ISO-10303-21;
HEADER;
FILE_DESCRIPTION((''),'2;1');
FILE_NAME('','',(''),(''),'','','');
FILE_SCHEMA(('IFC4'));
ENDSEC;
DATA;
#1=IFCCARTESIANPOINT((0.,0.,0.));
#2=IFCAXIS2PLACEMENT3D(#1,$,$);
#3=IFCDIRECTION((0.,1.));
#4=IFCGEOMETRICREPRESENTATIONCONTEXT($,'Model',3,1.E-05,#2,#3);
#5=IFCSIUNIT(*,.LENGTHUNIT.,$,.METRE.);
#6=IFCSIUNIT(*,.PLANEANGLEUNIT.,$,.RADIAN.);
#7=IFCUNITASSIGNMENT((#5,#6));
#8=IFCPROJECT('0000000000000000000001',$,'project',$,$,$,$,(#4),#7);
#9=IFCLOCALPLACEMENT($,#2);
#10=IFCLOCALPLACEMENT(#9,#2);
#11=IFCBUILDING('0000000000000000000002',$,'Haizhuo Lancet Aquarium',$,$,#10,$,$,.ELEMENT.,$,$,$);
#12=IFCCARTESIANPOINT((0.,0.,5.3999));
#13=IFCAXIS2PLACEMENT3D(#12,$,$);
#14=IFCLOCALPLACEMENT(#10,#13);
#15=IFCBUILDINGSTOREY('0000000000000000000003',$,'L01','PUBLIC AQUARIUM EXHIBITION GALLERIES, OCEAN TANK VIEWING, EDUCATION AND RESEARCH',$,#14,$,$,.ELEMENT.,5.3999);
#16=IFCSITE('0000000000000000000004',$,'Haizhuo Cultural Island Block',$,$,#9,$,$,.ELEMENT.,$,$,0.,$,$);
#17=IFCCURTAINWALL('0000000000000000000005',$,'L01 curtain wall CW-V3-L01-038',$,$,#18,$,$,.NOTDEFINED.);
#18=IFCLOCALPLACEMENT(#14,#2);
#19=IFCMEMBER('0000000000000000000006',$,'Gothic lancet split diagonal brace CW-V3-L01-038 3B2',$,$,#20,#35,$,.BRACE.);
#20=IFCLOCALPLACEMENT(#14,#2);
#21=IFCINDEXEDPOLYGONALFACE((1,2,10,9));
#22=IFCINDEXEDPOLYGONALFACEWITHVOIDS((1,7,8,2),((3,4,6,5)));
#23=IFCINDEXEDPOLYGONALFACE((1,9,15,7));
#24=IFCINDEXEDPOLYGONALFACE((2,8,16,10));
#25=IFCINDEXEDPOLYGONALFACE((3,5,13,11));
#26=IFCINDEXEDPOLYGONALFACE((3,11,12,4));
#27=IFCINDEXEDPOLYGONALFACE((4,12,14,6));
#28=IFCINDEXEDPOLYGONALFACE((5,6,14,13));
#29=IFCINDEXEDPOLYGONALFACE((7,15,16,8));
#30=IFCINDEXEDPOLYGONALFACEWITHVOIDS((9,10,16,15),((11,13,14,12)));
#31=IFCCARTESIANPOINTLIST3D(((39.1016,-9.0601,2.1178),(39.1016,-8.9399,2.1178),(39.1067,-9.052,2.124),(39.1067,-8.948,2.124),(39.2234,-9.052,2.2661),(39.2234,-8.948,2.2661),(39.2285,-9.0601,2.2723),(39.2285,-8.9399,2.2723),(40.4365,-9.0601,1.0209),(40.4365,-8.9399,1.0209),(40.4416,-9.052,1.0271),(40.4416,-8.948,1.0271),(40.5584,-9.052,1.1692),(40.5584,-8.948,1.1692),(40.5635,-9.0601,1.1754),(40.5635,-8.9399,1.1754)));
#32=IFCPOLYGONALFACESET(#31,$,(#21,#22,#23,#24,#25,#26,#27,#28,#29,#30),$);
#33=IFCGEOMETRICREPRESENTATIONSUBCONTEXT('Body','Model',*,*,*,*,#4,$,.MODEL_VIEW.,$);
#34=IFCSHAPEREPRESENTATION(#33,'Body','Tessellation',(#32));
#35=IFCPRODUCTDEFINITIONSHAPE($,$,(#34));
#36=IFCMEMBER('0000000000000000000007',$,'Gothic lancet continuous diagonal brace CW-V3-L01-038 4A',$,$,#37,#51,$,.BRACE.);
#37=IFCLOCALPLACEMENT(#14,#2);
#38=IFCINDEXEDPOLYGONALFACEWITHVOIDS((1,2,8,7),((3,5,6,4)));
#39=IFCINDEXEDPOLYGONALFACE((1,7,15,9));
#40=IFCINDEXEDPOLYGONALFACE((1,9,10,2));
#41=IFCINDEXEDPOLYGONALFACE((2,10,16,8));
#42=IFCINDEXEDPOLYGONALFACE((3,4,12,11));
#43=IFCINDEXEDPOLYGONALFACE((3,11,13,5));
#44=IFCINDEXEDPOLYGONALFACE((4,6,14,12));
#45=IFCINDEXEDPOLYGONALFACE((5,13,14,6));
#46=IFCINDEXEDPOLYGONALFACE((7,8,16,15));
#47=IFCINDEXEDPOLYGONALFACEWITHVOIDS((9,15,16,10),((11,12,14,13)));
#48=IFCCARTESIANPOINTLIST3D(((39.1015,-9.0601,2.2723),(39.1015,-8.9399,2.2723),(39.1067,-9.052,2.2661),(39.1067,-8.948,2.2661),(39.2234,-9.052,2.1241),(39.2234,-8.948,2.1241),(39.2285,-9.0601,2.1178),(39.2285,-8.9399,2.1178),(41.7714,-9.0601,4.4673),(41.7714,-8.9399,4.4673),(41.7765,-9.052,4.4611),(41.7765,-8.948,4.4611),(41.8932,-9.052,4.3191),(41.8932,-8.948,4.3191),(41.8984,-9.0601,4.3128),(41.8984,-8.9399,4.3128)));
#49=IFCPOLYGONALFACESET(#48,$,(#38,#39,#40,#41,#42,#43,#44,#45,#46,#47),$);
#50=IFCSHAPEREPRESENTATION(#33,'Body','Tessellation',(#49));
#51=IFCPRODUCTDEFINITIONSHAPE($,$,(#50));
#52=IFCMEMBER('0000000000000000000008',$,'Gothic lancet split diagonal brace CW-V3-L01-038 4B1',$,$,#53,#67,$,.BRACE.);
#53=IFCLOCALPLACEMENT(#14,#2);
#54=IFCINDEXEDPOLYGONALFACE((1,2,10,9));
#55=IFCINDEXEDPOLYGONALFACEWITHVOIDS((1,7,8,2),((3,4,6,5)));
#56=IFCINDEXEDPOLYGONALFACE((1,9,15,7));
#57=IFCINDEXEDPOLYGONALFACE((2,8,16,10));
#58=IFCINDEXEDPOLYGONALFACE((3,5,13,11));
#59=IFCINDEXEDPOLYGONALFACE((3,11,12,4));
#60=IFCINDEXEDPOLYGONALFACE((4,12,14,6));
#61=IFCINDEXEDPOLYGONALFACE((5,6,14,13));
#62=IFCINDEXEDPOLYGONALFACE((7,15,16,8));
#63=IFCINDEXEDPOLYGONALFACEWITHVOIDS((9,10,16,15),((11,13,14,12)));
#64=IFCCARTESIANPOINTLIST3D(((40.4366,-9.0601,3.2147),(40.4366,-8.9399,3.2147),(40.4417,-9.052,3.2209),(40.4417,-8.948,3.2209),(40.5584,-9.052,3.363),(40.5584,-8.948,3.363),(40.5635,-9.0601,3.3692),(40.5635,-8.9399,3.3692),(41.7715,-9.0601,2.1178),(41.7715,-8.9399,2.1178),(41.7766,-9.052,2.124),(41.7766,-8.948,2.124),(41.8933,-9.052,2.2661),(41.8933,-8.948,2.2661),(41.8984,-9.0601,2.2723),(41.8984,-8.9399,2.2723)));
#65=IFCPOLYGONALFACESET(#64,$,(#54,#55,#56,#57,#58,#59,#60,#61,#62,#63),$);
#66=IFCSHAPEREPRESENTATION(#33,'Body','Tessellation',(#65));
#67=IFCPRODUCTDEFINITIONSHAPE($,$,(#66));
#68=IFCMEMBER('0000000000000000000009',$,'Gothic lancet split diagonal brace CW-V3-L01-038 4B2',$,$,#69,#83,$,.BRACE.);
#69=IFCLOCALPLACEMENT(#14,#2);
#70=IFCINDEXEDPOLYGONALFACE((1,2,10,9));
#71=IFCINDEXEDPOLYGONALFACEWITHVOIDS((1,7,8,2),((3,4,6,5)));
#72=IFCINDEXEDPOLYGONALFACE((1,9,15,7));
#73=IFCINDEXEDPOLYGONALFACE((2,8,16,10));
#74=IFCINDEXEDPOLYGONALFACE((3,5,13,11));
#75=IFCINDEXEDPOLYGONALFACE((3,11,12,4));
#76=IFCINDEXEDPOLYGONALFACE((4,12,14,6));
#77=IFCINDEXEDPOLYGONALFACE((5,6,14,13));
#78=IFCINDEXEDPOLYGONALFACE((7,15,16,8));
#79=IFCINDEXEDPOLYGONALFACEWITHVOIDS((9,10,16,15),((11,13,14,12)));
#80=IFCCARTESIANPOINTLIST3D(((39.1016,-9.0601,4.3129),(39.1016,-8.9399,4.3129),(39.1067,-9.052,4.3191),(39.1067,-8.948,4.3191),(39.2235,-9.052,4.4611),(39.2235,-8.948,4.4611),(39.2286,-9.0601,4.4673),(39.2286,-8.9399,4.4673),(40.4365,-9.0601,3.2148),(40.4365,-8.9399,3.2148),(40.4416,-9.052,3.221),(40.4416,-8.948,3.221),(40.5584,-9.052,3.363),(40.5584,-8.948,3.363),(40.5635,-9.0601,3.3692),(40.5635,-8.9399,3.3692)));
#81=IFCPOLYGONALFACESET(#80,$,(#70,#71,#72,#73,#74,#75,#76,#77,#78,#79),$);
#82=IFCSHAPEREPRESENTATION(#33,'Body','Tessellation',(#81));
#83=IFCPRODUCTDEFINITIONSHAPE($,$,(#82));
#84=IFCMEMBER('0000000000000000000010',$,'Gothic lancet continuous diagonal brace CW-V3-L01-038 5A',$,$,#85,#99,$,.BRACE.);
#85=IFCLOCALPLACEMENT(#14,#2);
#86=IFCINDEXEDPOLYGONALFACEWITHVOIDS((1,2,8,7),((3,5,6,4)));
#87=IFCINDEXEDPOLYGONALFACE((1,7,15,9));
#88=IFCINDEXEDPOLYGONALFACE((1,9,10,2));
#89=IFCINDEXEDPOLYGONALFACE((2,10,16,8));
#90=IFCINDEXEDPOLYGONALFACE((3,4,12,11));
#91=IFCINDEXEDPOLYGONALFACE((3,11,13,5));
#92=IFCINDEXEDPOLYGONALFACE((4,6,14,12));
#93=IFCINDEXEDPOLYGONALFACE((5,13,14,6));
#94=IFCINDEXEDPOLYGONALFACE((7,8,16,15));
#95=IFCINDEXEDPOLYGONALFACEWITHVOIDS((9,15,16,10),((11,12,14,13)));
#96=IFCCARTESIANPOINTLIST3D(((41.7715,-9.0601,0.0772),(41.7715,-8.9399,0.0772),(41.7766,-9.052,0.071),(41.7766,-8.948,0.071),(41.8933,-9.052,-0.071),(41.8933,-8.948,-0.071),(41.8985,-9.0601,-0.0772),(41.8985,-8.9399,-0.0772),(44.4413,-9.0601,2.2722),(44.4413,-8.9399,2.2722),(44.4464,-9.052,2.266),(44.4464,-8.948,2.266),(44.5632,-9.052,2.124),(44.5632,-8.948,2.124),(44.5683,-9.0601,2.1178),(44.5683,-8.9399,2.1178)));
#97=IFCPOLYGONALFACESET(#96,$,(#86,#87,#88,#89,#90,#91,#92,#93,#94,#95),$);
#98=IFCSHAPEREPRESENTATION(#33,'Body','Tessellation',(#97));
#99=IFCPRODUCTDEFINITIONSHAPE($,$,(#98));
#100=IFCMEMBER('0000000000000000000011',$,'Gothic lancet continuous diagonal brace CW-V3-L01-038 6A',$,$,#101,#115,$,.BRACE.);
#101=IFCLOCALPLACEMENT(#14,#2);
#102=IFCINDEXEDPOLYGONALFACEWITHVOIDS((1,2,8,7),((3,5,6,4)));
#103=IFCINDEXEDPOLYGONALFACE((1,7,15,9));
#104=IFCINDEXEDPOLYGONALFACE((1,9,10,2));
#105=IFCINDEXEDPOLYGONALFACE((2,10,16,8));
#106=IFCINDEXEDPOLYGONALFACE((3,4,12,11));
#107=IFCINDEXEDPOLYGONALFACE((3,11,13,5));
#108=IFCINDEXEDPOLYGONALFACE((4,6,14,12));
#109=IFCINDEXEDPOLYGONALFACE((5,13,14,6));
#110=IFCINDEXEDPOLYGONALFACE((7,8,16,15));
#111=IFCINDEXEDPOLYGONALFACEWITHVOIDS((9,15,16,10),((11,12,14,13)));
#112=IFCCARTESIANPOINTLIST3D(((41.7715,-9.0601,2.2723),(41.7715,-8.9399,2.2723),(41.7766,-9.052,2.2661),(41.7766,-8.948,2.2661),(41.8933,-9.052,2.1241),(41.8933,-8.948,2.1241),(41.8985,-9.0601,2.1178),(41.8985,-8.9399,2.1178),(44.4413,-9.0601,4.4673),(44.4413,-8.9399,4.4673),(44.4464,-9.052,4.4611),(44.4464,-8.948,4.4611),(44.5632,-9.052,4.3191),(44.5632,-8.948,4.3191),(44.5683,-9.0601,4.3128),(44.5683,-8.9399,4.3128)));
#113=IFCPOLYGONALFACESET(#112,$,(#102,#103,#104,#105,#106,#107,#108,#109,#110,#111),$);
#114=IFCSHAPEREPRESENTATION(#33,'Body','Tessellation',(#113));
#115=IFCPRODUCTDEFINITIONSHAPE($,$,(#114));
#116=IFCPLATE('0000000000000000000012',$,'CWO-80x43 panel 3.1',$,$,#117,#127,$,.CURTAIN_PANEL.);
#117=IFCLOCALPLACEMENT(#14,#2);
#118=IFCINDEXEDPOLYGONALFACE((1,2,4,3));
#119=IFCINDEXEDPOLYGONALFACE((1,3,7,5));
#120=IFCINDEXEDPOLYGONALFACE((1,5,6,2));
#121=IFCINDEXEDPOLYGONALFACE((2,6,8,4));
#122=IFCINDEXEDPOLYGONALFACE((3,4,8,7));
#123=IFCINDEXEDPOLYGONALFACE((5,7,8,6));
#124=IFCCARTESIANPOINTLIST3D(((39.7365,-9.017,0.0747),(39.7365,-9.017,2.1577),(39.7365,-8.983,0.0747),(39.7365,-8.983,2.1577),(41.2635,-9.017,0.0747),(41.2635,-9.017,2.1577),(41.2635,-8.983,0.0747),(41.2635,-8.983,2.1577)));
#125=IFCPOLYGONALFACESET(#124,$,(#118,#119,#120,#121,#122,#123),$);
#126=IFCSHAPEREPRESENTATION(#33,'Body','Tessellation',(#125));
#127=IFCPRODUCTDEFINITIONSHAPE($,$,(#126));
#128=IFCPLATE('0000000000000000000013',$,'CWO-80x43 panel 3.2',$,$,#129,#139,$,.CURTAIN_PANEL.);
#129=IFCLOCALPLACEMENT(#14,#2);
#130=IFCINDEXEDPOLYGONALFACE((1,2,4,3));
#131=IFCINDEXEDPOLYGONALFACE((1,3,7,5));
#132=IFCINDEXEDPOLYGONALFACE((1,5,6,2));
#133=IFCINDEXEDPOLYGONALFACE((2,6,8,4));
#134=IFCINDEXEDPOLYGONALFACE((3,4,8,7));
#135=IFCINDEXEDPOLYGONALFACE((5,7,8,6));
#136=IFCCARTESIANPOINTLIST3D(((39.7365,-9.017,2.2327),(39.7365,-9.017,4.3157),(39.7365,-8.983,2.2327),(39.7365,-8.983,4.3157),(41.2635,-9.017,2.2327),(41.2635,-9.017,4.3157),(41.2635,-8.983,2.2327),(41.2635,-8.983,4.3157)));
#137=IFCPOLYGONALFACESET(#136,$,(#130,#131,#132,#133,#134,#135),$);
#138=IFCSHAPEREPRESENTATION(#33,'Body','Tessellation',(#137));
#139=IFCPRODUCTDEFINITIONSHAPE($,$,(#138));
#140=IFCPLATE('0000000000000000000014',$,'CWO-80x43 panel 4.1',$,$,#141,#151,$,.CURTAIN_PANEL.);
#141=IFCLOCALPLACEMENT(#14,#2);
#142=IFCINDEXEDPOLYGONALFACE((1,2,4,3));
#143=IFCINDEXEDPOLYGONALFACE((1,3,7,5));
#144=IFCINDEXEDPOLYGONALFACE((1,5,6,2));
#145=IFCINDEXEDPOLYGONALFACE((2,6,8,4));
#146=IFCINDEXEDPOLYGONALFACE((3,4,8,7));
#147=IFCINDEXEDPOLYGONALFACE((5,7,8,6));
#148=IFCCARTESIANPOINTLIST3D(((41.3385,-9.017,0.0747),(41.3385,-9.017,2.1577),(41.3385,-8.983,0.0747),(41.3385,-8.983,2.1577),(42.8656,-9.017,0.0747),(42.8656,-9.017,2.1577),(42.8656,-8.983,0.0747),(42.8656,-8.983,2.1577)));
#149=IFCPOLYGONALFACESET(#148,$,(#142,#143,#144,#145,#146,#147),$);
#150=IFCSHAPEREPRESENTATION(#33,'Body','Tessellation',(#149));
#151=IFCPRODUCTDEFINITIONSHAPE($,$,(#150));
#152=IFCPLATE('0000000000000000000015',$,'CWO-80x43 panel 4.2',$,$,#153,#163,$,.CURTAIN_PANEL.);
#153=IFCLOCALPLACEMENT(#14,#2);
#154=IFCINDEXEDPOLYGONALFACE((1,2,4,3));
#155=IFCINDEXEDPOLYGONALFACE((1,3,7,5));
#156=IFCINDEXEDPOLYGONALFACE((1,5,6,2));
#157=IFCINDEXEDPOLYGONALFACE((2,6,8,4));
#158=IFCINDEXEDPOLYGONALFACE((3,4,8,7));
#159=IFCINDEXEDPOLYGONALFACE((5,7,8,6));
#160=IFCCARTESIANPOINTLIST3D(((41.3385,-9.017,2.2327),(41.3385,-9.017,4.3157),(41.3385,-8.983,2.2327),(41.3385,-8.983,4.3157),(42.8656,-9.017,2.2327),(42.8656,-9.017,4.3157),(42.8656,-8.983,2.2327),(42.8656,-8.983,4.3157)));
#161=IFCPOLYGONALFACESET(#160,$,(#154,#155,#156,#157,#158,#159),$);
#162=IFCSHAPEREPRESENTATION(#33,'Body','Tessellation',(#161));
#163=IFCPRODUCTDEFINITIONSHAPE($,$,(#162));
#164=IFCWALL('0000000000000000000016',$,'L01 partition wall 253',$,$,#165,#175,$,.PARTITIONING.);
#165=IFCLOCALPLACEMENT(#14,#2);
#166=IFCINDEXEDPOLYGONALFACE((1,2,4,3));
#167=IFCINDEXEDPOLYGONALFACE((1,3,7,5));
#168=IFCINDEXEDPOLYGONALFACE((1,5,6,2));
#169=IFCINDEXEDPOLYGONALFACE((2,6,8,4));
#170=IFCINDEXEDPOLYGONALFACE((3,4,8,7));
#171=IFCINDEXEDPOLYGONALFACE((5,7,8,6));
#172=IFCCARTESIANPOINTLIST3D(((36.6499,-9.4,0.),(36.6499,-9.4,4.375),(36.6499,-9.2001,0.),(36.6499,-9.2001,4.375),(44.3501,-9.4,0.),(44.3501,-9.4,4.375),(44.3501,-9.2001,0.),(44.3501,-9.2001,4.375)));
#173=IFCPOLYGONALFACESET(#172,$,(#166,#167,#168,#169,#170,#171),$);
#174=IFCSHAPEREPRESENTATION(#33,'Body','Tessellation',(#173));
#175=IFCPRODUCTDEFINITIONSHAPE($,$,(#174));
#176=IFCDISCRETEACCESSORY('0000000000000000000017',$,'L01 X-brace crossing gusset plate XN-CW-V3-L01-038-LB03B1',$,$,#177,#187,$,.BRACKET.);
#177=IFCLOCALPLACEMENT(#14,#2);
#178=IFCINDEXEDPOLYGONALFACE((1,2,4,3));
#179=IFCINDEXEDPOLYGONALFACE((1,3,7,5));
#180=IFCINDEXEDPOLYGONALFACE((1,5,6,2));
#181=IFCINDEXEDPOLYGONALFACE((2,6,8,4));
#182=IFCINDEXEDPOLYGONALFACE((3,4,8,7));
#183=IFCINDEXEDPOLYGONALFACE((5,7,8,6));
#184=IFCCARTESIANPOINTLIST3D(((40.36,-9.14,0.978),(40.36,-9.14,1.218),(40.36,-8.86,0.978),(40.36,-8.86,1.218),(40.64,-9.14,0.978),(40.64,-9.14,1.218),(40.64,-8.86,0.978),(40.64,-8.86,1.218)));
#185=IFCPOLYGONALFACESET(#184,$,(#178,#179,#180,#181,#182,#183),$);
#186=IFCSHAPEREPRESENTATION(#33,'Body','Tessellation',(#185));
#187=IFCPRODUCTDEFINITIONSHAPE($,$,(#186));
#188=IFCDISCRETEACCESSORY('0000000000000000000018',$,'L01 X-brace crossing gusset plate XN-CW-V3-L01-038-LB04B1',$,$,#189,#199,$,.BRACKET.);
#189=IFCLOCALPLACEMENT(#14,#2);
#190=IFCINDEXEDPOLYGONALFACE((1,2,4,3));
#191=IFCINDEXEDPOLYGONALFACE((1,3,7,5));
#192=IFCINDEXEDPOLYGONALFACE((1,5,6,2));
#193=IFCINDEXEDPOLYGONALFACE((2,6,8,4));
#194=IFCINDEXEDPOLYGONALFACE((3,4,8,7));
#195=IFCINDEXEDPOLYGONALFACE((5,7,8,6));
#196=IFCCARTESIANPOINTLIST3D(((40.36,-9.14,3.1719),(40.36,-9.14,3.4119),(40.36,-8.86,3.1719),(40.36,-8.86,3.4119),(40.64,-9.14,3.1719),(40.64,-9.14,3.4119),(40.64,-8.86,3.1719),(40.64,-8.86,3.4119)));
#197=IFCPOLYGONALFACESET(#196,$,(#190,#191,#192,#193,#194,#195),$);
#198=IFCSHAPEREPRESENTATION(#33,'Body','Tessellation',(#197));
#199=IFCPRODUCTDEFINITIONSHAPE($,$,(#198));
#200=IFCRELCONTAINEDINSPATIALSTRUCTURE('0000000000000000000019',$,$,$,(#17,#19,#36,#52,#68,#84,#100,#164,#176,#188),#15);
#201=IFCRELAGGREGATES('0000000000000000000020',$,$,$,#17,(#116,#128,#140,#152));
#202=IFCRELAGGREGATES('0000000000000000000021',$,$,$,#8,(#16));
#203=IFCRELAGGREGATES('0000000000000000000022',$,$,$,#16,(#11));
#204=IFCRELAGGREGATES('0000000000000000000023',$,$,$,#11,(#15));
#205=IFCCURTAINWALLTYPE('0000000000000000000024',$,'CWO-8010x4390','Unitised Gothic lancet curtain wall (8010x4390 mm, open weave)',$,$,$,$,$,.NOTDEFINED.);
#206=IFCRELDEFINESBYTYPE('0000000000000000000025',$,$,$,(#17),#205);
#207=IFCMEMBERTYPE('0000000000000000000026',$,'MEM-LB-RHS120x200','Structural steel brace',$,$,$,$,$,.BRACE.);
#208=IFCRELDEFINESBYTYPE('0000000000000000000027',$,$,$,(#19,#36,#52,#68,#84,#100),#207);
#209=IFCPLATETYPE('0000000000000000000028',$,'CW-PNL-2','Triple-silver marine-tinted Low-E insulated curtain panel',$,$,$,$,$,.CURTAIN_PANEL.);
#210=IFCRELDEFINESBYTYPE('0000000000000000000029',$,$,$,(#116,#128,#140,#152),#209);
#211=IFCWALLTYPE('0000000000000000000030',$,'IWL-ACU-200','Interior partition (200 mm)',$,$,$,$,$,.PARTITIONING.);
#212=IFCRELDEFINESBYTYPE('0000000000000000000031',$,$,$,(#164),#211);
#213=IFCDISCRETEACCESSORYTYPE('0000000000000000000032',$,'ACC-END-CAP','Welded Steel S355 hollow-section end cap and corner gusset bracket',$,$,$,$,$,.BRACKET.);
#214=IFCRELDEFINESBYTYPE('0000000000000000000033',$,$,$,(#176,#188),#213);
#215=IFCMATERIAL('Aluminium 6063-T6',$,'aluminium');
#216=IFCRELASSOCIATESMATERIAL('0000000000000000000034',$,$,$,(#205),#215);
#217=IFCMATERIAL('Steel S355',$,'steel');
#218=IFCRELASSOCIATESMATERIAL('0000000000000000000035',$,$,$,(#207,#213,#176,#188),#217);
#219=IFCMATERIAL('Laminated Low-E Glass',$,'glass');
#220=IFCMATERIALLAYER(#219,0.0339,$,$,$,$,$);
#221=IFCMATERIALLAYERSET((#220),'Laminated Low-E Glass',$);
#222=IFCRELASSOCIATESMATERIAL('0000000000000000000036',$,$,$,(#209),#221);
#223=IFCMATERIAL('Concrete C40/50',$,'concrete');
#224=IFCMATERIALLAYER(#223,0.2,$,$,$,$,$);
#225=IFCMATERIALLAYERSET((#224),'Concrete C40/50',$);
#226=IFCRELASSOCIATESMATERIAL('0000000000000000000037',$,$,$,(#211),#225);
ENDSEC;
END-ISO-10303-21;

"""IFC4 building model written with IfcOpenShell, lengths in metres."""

from ifc_helpers import new_model, si_unit, direction, frame, frame_2d, origin, origin_2d, place, context, subcontext, project, spatial, rectangle, hollow_rectangle, extrude, material, layer, layer_set, material_profile, profile_set, type_object, element, aggregate, save


model = new_model("IFC4")

# Units and contexts
model_context = context("Model", 3, precision=1e-05, world=origin(), true_north=direction((0.0, 1.0)))
body_context = subcontext(model_context, "Body", "Model", "MODEL_VIEW")
ifc_project = project(units=[si_unit("LENGTHUNIT", "METRE"), si_unit("PLANEANGLEUNIT", "RADIAN")], contexts=[model_context])

# Site, building, storey
site_placement = place(None, origin())
site = spatial("IfcSite", under=ifc_project, at=site_placement, Name="Haizhuo Cultural Island Block", CompositionType="ELEMENT", RefElevation=0.0)
building_placement = place(site_placement, origin())
building = spatial("IfcBuilding", under=site, at=building_placement, Name="Haizhuo Lancet Aquarium", CompositionType="ELEMENT")
storey_placement = place(building_placement, frame((0.0, 0.0, 5.3999)))
storey = spatial("IfcBuildingStorey", under=building, at=storey_placement, Name="L01", Description="PUBLIC AQUARIUM EXHIBITION GALLERIES, OCEAN TANK VIEWING, EDUCATION AND RESEARCH", CompositionType="ELEMENT", Elevation=5.3999)

# Curtain wall
ifc_material_1 = material(Name="Aluminium 6063-T6", Category="aluminium")
curtain_wall_type = type_object("IfcCurtainWallType", Name="CWO-8010x4390", Description="Unitised Gothic lancet curtain wall (8010x4390 mm, open weave)", PredefinedType="NOTDEFINED", material=ifc_material_1)
curtain_wall_placement = place(storey_placement, origin())
curtain_wall = element("IfcCurtainWall", 1, at=curtain_wall_placement, inside=storey, type_object=curtain_wall_type, Name="L01 curtain wall CW-V3-L01-038", PredefinedType="NOTDEFINED")

# Members
ifc_material_2 = material(Name="Steel S355", Category="steel")
ifc_material_profile_1 = material_profile(ifc_material_2, hollow_rectangle(XDim=0.1201, YDim=0.2, WallThickness=0.0081, at=origin_2d()), Name="RHS 120x200x8")
ifc_profile_set_1 = profile_set([ifc_material_profile_1], Name="Steel S355")
member_type_1 = type_object("IfcMemberType", Name="MEM-LB-RHS120x200", Description="Structural steel brace", PredefinedType="BRACE", material=ifc_profile_set_1)
member_1_placement = place(storey_placement, frame((40.5, -9.0, 1.0981), z_axis=(-0.772627, 0.0, 0.63486), x_axis=(0.0, -1.0, 0.0)))
element("IfcMember", 2, at=member_1_placement, inside=storey, type_object=member_type_1, Name="Gothic lancet split diagonal brace CW-V3-L01-038 3B2", PredefinedType="BRACE", context=body_context, shape_type="SweptSolid", body=[
    extrude(hollow_rectangle(XDim=0.1201, YDim=0.2, WallThickness=0.0081, at=origin_2d()), origin(), (0.0, 0.0, 1.0), 1.7278),
])
member_2_placement = place(storey_placement, frame((39.165, -9.0, 2.1951), z_axis=(0.772454, 0.0, 0.635071), x_axis=(0.0, 1.0, 0.0)))
element("IfcMember", 3, at=member_2_placement, inside=storey, type_object=member_type_1, Name="Gothic lancet continuous diagonal brace CW-V3-L01-038 4A", PredefinedType="BRACE", context=body_context, shape_type="SweptSolid", body=[
    extrude(hollow_rectangle(XDim=0.1201, YDim=0.2, WallThickness=0.0081, at=origin_2d()), origin(), (0.0, 0.0, 1.0), 3.4563),
])
member_3_placement = place(storey_placement, frame((41.835, -9.0, 2.1951), z_axis=(-0.772627, 0.0, 0.63486), x_axis=(0.0, -1.0, 0.0)))
element("IfcMember", 4, at=member_3_placement, inside=storey, type_object=member_type_1, Name="Gothic lancet split diagonal brace CW-V3-L01-038 4B1", PredefinedType="BRACE", context=body_context, shape_type="SweptSolid", body=[
    extrude(hollow_rectangle(XDim=0.1201, YDim=0.2, WallThickness=0.0081, at=origin_2d()), origin(), (0.0, 0.0, 1.0), 1.7278),
])
member_4_placement = place(storey_placement, frame((40.5, -9.0, 3.292), z_axis=(-0.772281, 0.0, 0.635281), x_axis=(0.0, -1.0, 0.0)))
element("IfcMember", 5, at=member_4_placement, inside=storey, type_object=member_type_1, Name="Gothic lancet split diagonal brace CW-V3-L01-038 4B2", PredefinedType="BRACE", context=body_context, shape_type="SweptSolid", body=[
    extrude(hollow_rectangle(XDim=0.1201, YDim=0.2, WallThickness=0.0081, at=origin_2d()), origin(), (0.0, 0.0, 1.0), 1.7285),
])
for number, where, z_axis, x_axis, name in (
    (6, (41.835, -9.0, 0.0), (0.772454, 0.0, 0.635071), (0.0, 1.0, 0.0), "Gothic lancet continuous diagonal brace CW-V3-L01-038 5A"),
    (7, (41.835, -9.0, 2.1951), (0.772454, 0.0, 0.635071), (0.0, 1.0, 0.0), "Gothic lancet continuous diagonal brace CW-V3-L01-038 6A"),
):
    element("IfcMember", number, at=place(storey_placement, frame(where, z_axis=z_axis, x_axis=x_axis)), inside=storey, type_object=member_type_1, Name=name, PredefinedType="BRACE", context=body_context, shape_type="SweptSolid", body=[
        extrude(hollow_rectangle(XDim=0.1201, YDim=0.2, WallThickness=0.0081, at=origin_2d()), origin(), (0.0, 0.0, 1.0), 3.4563),
    ])

# Plates
ifc_material_3 = material(Name="Laminated Low-E Glass", Category="glass")
ifc_layer_1 = layer(ifc_material_3, 0.0339)
ifc_layer_set_1 = layer_set([ifc_layer_1], Name="Laminated Low-E Glass")
plate_type = type_object("IfcPlateType", Name="CW-PNL-2", Description="Triple-silver marine-tinted Low-E insulated curtain panel", PredefinedType="CURTAIN_PANEL", material=ifc_layer_set_1)
plate_1_placement = place(storey_placement, frame((40.5, -9.0, 0.0747), z_axis=(0.0, 0.0, 1.0), x_axis=(1.0, 0.0, 0.0)))
plate_1 = element("IfcPlate", 8, at=plate_1_placement, type_object=plate_type, Name="CWO-80x43 panel 3.1", PredefinedType="CURTAIN_PANEL", context=body_context, shape_type="SweptSolid", body=[
    extrude(rectangle(XDim=1.5271, YDim=0.0339, at=origin_2d()), origin(), (0.0, 0.0, 1.0), 2.083),
])
plate_2_placement = place(storey_placement, frame((40.5, -9.0, 2.2327), z_axis=(0.0, 0.0, 1.0), x_axis=(1.0, 0.0, 0.0)))
plate_2 = element("IfcPlate", 9, at=plate_2_placement, type_object=plate_type, Name="CWO-80x43 panel 3.2", PredefinedType="CURTAIN_PANEL", context=body_context, shape_type="SweptSolid", body=[
    extrude(rectangle(XDim=1.5271, YDim=0.0339, at=origin_2d()), origin(), (0.0, 0.0, 1.0), 2.083),
])
plate_3_placement = place(storey_placement, frame((42.1021, -9.0, 0.0747), z_axis=(0.0, 0.0, 1.0), x_axis=(1.0, 0.0, 0.0)))
plate_3 = element("IfcPlate", 10, at=plate_3_placement, type_object=plate_type, Name="CWO-80x43 panel 4.1", PredefinedType="CURTAIN_PANEL", context=body_context, shape_type="SweptSolid", body=[
    extrude(rectangle(XDim=1.5271, YDim=0.0339, at=origin_2d()), origin(), (0.0, 0.0, 1.0), 2.083),
])
plate_4_placement = place(storey_placement, frame((42.1021, -9.0, 2.2327), z_axis=(0.0, 0.0, 1.0), x_axis=(1.0, 0.0, 0.0)))
plate_4 = element("IfcPlate", 11, at=plate_4_placement, type_object=plate_type, Name="CWO-80x43 panel 4.2", PredefinedType="CURTAIN_PANEL", context=body_context, shape_type="SweptSolid", body=[
    extrude(rectangle(XDim=1.5271, YDim=0.0339, at=origin_2d()), origin(), (0.0, 0.0, 1.0), 2.083),
])
aggregate(curtain_wall, [plate_1, plate_2, plate_3, plate_4])

# Wall
ifc_material_4 = material(Name="Concrete C40/50", Category="concrete")
ifc_layer_2 = layer(ifc_material_4, 0.2)
ifc_layer_set_2 = layer_set([ifc_layer_2], Name="Concrete C40/50")
wall_type = type_object("IfcWallType", Name="IWL-ACU-200", Description="Interior partition (200 mm)", PredefinedType="PARTITIONING", material=ifc_layer_set_2)
wall_placement = place(storey_placement, frame((44.3501, -9.3, 0.0), z_axis=(0.0, 0.0, 1.0), x_axis=(-1.0, 0.0, 0.0)))
element("IfcWall", 12, at=wall_placement, inside=storey, type_object=wall_type, Name="L01 partition wall 253", PredefinedType="PARTITIONING", context=body_context, shape_type="SweptSolid", body=[
    extrude(rectangle(XDim=7.7002, YDim=0.2, at=frame_2d((3.8501, 0.0))), origin(), (0.0, 0.0, 1.0), 4.375),
])

# Discrete accessories
discrete_accessory_type = type_object("IfcDiscreteAccessoryType", Name="ACC-END-CAP", Description="Welded Steel S355 hollow-section end cap and corner gusset bracket", PredefinedType="BRACKET", material=ifc_material_2)
for number, where, z_axis, x_axis, name in (
    (13, (40.5, -9.0, 0.978), (0.0, 0.0, 1.0), (1.0, 0.0, 0.0), "L01 X-brace crossing gusset plate XN-CW-V3-L01-038-LB03B1"),
    (14, (40.5, -9.0, 3.1719), (0.0, 0.0, 1.0), (1.0, 0.0, 0.0), "L01 X-brace crossing gusset plate XN-CW-V3-L01-038-LB04B1"),
):
    element("IfcDiscreteAccessory", number, at=place(storey_placement, frame(where, z_axis=z_axis, x_axis=x_axis)), inside=storey, type_object=discrete_accessory_type, material=ifc_material_2, Name=name, PredefinedType="BRACKET", context=body_context, shape_type="SweptSolid", body=[
        extrude(rectangle(XDim=0.28, YDim=0.28, at=origin_2d()), origin(), (0.0, 0.0, 1.0), 0.24),
    ])

save(model, "model.ifc")
